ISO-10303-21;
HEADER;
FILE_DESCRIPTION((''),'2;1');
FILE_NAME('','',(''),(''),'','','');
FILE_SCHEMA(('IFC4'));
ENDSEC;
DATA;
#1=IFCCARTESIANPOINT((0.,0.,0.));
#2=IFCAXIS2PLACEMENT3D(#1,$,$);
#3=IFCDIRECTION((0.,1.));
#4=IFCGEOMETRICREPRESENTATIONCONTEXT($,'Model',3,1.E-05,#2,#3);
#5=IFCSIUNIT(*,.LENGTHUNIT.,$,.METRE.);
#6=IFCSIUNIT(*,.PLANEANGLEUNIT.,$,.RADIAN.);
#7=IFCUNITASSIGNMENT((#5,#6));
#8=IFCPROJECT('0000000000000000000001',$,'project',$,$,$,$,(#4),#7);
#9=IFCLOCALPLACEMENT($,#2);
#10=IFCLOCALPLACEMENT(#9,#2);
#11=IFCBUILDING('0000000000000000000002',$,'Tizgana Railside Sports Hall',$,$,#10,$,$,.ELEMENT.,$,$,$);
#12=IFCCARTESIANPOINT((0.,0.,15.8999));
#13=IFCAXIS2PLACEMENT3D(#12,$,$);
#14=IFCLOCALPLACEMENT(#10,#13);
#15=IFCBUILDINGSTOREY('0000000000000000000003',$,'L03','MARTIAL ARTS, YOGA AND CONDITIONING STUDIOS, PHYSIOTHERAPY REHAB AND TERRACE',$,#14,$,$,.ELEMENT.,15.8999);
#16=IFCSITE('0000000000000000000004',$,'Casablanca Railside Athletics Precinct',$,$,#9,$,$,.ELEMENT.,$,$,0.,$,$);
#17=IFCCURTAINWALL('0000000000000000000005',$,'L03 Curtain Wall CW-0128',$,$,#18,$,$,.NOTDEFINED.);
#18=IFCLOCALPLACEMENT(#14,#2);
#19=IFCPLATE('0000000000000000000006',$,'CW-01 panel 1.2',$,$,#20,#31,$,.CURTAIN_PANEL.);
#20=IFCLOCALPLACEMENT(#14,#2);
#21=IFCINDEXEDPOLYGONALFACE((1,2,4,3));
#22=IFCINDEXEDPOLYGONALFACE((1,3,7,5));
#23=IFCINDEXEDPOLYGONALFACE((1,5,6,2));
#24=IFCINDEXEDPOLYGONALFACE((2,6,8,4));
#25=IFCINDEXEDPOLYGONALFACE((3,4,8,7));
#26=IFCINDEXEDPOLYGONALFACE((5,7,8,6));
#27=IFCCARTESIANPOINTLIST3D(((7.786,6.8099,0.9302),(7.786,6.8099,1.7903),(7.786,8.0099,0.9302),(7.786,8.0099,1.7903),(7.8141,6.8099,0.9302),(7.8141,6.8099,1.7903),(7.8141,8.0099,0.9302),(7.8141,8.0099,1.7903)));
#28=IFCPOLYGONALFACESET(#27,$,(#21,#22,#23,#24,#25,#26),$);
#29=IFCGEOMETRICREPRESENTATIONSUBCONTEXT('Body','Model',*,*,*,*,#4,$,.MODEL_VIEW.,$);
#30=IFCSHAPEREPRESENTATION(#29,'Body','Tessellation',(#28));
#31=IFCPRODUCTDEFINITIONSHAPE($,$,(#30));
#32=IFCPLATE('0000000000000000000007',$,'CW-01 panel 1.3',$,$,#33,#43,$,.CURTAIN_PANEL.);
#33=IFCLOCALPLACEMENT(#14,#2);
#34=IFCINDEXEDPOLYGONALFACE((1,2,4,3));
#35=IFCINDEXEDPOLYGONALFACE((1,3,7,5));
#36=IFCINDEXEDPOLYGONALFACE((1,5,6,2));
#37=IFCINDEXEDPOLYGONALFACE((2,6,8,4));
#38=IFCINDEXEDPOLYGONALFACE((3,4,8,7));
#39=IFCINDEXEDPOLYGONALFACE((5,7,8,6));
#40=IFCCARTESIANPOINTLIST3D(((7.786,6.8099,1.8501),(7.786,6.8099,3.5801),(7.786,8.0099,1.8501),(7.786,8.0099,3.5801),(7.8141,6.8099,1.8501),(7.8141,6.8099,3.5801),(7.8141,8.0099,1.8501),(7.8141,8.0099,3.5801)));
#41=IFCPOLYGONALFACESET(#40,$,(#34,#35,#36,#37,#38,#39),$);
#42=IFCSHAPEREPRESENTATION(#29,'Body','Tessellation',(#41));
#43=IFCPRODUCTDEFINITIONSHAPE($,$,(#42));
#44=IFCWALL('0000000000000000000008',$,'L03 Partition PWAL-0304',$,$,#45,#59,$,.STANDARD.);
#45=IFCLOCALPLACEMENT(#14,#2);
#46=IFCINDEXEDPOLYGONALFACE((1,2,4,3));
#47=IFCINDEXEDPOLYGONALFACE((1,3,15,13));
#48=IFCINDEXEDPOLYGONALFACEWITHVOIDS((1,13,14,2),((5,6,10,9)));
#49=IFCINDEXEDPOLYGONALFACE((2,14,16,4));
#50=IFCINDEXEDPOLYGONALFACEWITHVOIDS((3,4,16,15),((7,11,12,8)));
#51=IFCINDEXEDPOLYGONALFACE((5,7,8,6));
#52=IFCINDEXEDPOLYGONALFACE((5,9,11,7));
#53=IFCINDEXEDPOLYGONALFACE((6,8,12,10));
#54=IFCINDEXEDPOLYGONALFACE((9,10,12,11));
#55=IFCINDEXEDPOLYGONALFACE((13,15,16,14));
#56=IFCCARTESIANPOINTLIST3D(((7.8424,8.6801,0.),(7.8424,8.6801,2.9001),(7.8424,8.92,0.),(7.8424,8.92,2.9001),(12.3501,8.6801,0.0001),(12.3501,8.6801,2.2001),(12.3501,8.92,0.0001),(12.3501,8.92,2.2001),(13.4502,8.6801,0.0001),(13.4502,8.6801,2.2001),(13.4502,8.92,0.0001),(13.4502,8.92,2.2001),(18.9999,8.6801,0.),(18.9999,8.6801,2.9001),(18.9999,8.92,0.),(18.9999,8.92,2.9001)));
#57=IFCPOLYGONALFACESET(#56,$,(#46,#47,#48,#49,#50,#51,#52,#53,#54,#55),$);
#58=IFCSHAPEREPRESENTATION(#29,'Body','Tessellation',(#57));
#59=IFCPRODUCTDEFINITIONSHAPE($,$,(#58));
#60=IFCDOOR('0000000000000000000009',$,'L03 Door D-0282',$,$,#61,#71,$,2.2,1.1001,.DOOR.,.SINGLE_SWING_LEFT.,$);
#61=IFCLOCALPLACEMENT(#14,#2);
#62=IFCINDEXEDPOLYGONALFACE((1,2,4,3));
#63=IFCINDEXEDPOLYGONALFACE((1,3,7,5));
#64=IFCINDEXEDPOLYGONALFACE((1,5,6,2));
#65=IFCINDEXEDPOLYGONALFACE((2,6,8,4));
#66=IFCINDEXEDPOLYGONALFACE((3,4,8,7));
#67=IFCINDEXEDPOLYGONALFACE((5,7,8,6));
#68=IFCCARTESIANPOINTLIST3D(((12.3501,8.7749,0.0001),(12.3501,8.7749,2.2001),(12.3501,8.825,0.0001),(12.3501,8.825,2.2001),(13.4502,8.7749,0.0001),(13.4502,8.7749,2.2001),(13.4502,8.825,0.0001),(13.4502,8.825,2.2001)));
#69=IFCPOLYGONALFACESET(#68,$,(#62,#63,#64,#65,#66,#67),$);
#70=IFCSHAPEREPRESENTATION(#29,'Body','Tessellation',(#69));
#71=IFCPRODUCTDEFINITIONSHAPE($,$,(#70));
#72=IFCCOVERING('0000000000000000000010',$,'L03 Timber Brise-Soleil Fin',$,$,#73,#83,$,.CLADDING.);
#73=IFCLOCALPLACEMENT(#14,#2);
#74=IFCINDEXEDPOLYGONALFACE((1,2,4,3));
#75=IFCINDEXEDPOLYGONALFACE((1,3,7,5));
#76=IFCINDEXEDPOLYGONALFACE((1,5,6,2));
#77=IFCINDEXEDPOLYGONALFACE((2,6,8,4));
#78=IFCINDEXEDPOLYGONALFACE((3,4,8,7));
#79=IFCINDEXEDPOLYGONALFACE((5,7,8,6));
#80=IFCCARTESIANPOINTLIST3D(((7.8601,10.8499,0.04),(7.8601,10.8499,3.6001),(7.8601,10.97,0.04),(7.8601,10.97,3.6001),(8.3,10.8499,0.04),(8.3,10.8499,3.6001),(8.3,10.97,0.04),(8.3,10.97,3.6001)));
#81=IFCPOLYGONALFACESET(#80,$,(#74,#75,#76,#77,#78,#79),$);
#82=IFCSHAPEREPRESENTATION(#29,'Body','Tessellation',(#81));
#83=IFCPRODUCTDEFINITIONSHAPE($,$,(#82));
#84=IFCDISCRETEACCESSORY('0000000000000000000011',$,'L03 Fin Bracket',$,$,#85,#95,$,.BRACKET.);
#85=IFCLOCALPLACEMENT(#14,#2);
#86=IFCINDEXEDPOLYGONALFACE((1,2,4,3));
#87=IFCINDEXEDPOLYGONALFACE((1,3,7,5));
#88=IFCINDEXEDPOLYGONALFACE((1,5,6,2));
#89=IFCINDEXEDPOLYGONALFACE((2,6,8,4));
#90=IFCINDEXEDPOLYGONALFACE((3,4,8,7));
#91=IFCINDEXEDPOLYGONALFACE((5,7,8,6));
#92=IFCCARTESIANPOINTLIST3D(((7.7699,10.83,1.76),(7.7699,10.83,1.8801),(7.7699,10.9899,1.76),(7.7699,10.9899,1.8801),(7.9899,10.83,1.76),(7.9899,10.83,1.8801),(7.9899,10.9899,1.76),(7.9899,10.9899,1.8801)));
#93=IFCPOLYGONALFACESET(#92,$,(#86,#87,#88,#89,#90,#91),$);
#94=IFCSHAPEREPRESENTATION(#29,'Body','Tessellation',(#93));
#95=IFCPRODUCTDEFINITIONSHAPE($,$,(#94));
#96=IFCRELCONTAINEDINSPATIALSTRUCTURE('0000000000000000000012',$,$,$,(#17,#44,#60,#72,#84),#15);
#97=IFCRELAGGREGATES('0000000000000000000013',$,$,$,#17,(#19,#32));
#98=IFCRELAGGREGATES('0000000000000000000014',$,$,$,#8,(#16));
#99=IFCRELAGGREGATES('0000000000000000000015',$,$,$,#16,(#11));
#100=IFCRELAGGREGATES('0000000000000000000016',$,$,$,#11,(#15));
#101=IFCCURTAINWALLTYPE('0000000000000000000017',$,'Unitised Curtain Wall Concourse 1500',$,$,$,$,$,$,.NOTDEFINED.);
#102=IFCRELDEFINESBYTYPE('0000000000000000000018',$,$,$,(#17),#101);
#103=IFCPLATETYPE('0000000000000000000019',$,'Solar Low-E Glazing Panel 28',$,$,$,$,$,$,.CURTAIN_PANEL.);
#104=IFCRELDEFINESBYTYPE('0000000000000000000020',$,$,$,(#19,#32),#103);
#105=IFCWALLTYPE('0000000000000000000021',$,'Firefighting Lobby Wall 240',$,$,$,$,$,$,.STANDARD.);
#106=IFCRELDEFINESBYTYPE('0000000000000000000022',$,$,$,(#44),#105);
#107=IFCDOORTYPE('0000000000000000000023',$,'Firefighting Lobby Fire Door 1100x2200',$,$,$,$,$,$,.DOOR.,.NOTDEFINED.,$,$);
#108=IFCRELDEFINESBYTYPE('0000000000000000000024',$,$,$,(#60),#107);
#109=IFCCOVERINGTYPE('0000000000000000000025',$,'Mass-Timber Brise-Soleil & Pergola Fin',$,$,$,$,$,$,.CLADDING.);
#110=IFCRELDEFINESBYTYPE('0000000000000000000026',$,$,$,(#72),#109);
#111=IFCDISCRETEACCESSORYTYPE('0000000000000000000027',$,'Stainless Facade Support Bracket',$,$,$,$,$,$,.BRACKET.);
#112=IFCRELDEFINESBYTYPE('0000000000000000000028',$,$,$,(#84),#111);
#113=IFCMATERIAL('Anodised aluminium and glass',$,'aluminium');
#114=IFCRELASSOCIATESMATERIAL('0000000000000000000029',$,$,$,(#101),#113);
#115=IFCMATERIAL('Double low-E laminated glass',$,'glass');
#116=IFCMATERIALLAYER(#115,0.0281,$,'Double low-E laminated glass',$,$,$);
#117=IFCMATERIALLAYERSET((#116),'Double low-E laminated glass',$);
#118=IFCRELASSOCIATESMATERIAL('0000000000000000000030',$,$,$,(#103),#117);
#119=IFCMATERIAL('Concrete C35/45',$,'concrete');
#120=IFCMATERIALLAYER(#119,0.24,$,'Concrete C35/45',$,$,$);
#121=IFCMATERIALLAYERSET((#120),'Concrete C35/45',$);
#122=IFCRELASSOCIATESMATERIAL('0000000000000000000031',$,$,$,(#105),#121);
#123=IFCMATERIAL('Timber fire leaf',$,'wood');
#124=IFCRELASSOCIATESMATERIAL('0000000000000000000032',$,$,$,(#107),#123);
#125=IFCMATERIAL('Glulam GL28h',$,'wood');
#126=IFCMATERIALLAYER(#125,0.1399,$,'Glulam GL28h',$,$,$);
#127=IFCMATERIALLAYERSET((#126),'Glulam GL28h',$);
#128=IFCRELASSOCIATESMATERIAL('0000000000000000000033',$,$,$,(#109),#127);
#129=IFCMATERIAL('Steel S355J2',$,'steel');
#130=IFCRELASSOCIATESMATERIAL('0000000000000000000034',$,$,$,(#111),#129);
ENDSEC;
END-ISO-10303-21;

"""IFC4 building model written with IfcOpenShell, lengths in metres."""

from ifc_helpers import new_model, si_unit, direction, frame, frame_2d, origin, origin_2d, place, context, subcontext, project, spatial, rectangle, extrude, material, layer, layer_set, type_object, element, fill, aggregate, save


model = new_model("IFC4")

# Units and contexts
model_context = context("Model", 3, precision=1e-05, world=origin(), true_north=direction((0.0, 1.0)))
body_context = subcontext(model_context, "Body", "Model", "MODEL_VIEW")
ifc_project = project(units=[si_unit("LENGTHUNIT", "METRE"), si_unit("PLANEANGLEUNIT", "RADIAN")], contexts=[model_context])

# Site, building, storey
site_placement = place(None, origin())
site = spatial("IfcSite", under=ifc_project, at=site_placement, Name="Casablanca Railside Athletics Precinct", CompositionType="ELEMENT", RefElevation=0.0)
building_placement = place(site_placement, origin())
building = spatial("IfcBuilding", under=site, at=building_placement, Name="Tizgana Railside Sports Hall", CompositionType="ELEMENT")
storey_placement = place(building_placement, frame((0.0, 0.0, 15.8999)))
storey = spatial("IfcBuildingStorey", under=building, at=storey_placement, Name="L03", Description="MARTIAL ARTS, YOGA AND CONDITIONING STUDIOS, PHYSIOTHERAPY REHAB AND TERRACE", CompositionType="ELEMENT", Elevation=15.8999)

# Shared definitions
ifc_material_1 = material(Name="Concrete C35/45", Category="concrete")

# Curtain wall
ifc_material_2 = material(Name="Anodised aluminium and glass", Category="aluminium")
curtain_wall_type_1 = type_object("IfcCurtainWallType", Name="Unitised Curtain Wall Concourse 1500", PredefinedType="NOTDEFINED", material=ifc_material_2)
curtain_wall_1_placement = place(storey_placement, origin())
curtain_wall_1 = element("IfcCurtainWall", 1, at=curtain_wall_1_placement, inside=storey, type_object=curtain_wall_type_1, Name="L03 Curtain Wall CW-0128", PredefinedType="NOTDEFINED")

# Shared definitions
ifc_material_3 = material(Name="Steel S355J2", Category="steel")

# Plates
ifc_material_4 = material(Name="Double low-E laminated glass", Category="glass")
ifc_layer_1 = layer(ifc_material_4, 0.0281, Name="Double low-E laminated glass")
ifc_layer_set_1 = layer_set([ifc_layer_1], Name="Double low-E laminated glass")
plate_type_1 = type_object("IfcPlateType", Name="Solar Low-E Glazing Panel 28", PredefinedType="CURTAIN_PANEL", material=ifc_layer_set_1)
plate_1_placement = place(storey_placement, frame((7.8, 7.4099, 0.9302), z_axis=(0.0, 0.0, 1.0), x_axis=(0.0, -1.0, 0.0)))
plate_1 = element("IfcPlate", 2, at=plate_1_placement, type_object=plate_type_1, Name="CW-01 panel 1.2", PredefinedType="CURTAIN_PANEL", context=body_context, shape_type="SweptSolid", body=[
    extrude(rectangle(XDim=1.2, YDim=0.0281, at=origin_2d()), origin(), (0.0, 0.0, 1.0), 0.8601),
])
plate_2_placement = place(storey_placement, frame((7.8, 7.4099, 1.8501), z_axis=(0.0, 0.0, 1.0), x_axis=(0.0, -1.0, 0.0)))
plate_2 = element("IfcPlate", 3, at=plate_2_placement, type_object=plate_type_1, Name="CW-01 panel 1.3", PredefinedType="CURTAIN_PANEL", context=body_context, shape_type="SweptSolid", body=[
    extrude(rectangle(XDim=1.2, YDim=0.0281, at=origin_2d()), origin(), (0.0, 0.0, 1.0), 1.73),
])
aggregate(curtain_wall_1, [plate_1, plate_2])

# Wall, opening, door
ifc_layer_2 = layer(ifc_material_1, 0.24, Name="Concrete C35/45")
ifc_layer_set_2 = layer_set([ifc_layer_2], Name="Concrete C35/45")
wall_type = type_object("IfcWallType", Name="Firefighting Lobby Wall 240", PredefinedType="STANDARD", material=ifc_layer_set_2)
wall_placement = place(storey_placement, frame((7.8425, 8.8, 0.0), z_axis=(0.0, 0.0, 1.0), x_axis=(1.0, 0.0, 0.0)))
wall = element("IfcWall", 4, at=wall_placement, inside=storey, type_object=wall_type, Name="L03 Partition PWAL-0304", PredefinedType="STANDARD", context=body_context, shape_type="SweptSolid", body=[
    extrude(rectangle(XDim=11.1575, YDim=0.24, at=frame_2d((5.5786, 0.0))), origin(), (0.0, 0.0, 1.0), 2.9001),
])
opening_placement = place(wall_placement, frame((4.5076, 0.0, 0.0)))
opening = element("IfcOpeningElement", 5, at=opening_placement, cuts=wall, PredefinedType="OPENING", context=body_context, shape_type="SweptSolid", body=[
    extrude(rectangle(XDim=1.1001, YDim=2.2, at=frame_2d((0.55, 1.1001))), frame((0.0, 0.1299, 0.0), z_axis=(0.0, -1.0, 0.0), x_axis=(1.0, 0.0, 0.0)), (0.0, 0.0, 1.0), 0.26),
])
ifc_material_5 = material(Name="Timber fire leaf", Category="wood")
door_type = type_object("IfcDoorType", Name="Firefighting Lobby Fire Door 1100x2200", OperationType="NOTDEFINED", PredefinedType="DOOR", material=ifc_material_5)
door_placement = place(opening_placement, origin())
door = element("IfcDoor", 6, at=door_placement, inside=storey, type_object=door_type, Name="L03 Door D-0282", OperationType="SINGLE_SWING_LEFT", OverallHeight=2.2, OverallWidth=1.1001, PredefinedType="DOOR", context=body_context, shape_type="SweptSolid", body=[
    extrude(rectangle(XDim=1.1001, YDim=2.2, at=frame_2d((0.55, 1.1001))), frame((0.0, 0.0249, 0.0), z_axis=(0.0, -1.0, 0.0), x_axis=(1.0, 0.0, 0.0)), (0.0, 0.0, 1.0), 0.05),
])
fill(opening, door)

# Covering
ifc_material_6 = material(Name="Glulam GL28h", Category="wood")
ifc_layer_3 = layer(ifc_material_6, 0.1399, Name="Glulam GL28h")
ifc_layer_set_3 = layer_set([ifc_layer_3], Name="Glulam GL28h")
covering_type = type_object("IfcCoveringType", Name="Mass-Timber Brise-Soleil & Pergola Fin", PredefinedType="CLADDING", material=ifc_layer_set_3)
covering_placement = place(storey_placement, frame((8.0801, 10.9099, 0.04), z_axis=(0.0, 0.0, 1.0), x_axis=(0.0, -1.0, 0.0)))
element("IfcCovering", 7, at=covering_placement, inside=storey, type_object=covering_type, Name="L03 Timber Brise-Soleil Fin", PredefinedType="CLADDING", context=body_context, shape_type="SweptSolid", body=[
    extrude(rectangle(XDim=0.1201, YDim=0.4399, at=origin_2d()), origin(), (0.0, 0.0, 1.0), 3.5601),
])

# Discrete accessory
discrete_accessory_type = type_object("IfcDiscreteAccessoryType", Name="Stainless Facade Support Bracket", PredefinedType="BRACKET", material=ifc_material_3)
discrete_accessory_placement = place(storey_placement, frame((7.8799, 10.9099, 1.76), z_axis=(0.0, 0.0, 1.0), x_axis=(0.0, -1.0, 0.0)))
element("IfcDiscreteAccessory", 8, at=discrete_accessory_placement, inside=storey, type_object=discrete_accessory_type, Name="L03 Fin Bracket", PredefinedType="BRACKET", context=body_context, shape_type="SweptSolid", body=[
    extrude(rectangle(XDim=0.1599, YDim=0.22, at=origin_2d()), origin(), (0.0, 0.0, 1.0), 0.1201),
])

save(model, "model.ifc")
